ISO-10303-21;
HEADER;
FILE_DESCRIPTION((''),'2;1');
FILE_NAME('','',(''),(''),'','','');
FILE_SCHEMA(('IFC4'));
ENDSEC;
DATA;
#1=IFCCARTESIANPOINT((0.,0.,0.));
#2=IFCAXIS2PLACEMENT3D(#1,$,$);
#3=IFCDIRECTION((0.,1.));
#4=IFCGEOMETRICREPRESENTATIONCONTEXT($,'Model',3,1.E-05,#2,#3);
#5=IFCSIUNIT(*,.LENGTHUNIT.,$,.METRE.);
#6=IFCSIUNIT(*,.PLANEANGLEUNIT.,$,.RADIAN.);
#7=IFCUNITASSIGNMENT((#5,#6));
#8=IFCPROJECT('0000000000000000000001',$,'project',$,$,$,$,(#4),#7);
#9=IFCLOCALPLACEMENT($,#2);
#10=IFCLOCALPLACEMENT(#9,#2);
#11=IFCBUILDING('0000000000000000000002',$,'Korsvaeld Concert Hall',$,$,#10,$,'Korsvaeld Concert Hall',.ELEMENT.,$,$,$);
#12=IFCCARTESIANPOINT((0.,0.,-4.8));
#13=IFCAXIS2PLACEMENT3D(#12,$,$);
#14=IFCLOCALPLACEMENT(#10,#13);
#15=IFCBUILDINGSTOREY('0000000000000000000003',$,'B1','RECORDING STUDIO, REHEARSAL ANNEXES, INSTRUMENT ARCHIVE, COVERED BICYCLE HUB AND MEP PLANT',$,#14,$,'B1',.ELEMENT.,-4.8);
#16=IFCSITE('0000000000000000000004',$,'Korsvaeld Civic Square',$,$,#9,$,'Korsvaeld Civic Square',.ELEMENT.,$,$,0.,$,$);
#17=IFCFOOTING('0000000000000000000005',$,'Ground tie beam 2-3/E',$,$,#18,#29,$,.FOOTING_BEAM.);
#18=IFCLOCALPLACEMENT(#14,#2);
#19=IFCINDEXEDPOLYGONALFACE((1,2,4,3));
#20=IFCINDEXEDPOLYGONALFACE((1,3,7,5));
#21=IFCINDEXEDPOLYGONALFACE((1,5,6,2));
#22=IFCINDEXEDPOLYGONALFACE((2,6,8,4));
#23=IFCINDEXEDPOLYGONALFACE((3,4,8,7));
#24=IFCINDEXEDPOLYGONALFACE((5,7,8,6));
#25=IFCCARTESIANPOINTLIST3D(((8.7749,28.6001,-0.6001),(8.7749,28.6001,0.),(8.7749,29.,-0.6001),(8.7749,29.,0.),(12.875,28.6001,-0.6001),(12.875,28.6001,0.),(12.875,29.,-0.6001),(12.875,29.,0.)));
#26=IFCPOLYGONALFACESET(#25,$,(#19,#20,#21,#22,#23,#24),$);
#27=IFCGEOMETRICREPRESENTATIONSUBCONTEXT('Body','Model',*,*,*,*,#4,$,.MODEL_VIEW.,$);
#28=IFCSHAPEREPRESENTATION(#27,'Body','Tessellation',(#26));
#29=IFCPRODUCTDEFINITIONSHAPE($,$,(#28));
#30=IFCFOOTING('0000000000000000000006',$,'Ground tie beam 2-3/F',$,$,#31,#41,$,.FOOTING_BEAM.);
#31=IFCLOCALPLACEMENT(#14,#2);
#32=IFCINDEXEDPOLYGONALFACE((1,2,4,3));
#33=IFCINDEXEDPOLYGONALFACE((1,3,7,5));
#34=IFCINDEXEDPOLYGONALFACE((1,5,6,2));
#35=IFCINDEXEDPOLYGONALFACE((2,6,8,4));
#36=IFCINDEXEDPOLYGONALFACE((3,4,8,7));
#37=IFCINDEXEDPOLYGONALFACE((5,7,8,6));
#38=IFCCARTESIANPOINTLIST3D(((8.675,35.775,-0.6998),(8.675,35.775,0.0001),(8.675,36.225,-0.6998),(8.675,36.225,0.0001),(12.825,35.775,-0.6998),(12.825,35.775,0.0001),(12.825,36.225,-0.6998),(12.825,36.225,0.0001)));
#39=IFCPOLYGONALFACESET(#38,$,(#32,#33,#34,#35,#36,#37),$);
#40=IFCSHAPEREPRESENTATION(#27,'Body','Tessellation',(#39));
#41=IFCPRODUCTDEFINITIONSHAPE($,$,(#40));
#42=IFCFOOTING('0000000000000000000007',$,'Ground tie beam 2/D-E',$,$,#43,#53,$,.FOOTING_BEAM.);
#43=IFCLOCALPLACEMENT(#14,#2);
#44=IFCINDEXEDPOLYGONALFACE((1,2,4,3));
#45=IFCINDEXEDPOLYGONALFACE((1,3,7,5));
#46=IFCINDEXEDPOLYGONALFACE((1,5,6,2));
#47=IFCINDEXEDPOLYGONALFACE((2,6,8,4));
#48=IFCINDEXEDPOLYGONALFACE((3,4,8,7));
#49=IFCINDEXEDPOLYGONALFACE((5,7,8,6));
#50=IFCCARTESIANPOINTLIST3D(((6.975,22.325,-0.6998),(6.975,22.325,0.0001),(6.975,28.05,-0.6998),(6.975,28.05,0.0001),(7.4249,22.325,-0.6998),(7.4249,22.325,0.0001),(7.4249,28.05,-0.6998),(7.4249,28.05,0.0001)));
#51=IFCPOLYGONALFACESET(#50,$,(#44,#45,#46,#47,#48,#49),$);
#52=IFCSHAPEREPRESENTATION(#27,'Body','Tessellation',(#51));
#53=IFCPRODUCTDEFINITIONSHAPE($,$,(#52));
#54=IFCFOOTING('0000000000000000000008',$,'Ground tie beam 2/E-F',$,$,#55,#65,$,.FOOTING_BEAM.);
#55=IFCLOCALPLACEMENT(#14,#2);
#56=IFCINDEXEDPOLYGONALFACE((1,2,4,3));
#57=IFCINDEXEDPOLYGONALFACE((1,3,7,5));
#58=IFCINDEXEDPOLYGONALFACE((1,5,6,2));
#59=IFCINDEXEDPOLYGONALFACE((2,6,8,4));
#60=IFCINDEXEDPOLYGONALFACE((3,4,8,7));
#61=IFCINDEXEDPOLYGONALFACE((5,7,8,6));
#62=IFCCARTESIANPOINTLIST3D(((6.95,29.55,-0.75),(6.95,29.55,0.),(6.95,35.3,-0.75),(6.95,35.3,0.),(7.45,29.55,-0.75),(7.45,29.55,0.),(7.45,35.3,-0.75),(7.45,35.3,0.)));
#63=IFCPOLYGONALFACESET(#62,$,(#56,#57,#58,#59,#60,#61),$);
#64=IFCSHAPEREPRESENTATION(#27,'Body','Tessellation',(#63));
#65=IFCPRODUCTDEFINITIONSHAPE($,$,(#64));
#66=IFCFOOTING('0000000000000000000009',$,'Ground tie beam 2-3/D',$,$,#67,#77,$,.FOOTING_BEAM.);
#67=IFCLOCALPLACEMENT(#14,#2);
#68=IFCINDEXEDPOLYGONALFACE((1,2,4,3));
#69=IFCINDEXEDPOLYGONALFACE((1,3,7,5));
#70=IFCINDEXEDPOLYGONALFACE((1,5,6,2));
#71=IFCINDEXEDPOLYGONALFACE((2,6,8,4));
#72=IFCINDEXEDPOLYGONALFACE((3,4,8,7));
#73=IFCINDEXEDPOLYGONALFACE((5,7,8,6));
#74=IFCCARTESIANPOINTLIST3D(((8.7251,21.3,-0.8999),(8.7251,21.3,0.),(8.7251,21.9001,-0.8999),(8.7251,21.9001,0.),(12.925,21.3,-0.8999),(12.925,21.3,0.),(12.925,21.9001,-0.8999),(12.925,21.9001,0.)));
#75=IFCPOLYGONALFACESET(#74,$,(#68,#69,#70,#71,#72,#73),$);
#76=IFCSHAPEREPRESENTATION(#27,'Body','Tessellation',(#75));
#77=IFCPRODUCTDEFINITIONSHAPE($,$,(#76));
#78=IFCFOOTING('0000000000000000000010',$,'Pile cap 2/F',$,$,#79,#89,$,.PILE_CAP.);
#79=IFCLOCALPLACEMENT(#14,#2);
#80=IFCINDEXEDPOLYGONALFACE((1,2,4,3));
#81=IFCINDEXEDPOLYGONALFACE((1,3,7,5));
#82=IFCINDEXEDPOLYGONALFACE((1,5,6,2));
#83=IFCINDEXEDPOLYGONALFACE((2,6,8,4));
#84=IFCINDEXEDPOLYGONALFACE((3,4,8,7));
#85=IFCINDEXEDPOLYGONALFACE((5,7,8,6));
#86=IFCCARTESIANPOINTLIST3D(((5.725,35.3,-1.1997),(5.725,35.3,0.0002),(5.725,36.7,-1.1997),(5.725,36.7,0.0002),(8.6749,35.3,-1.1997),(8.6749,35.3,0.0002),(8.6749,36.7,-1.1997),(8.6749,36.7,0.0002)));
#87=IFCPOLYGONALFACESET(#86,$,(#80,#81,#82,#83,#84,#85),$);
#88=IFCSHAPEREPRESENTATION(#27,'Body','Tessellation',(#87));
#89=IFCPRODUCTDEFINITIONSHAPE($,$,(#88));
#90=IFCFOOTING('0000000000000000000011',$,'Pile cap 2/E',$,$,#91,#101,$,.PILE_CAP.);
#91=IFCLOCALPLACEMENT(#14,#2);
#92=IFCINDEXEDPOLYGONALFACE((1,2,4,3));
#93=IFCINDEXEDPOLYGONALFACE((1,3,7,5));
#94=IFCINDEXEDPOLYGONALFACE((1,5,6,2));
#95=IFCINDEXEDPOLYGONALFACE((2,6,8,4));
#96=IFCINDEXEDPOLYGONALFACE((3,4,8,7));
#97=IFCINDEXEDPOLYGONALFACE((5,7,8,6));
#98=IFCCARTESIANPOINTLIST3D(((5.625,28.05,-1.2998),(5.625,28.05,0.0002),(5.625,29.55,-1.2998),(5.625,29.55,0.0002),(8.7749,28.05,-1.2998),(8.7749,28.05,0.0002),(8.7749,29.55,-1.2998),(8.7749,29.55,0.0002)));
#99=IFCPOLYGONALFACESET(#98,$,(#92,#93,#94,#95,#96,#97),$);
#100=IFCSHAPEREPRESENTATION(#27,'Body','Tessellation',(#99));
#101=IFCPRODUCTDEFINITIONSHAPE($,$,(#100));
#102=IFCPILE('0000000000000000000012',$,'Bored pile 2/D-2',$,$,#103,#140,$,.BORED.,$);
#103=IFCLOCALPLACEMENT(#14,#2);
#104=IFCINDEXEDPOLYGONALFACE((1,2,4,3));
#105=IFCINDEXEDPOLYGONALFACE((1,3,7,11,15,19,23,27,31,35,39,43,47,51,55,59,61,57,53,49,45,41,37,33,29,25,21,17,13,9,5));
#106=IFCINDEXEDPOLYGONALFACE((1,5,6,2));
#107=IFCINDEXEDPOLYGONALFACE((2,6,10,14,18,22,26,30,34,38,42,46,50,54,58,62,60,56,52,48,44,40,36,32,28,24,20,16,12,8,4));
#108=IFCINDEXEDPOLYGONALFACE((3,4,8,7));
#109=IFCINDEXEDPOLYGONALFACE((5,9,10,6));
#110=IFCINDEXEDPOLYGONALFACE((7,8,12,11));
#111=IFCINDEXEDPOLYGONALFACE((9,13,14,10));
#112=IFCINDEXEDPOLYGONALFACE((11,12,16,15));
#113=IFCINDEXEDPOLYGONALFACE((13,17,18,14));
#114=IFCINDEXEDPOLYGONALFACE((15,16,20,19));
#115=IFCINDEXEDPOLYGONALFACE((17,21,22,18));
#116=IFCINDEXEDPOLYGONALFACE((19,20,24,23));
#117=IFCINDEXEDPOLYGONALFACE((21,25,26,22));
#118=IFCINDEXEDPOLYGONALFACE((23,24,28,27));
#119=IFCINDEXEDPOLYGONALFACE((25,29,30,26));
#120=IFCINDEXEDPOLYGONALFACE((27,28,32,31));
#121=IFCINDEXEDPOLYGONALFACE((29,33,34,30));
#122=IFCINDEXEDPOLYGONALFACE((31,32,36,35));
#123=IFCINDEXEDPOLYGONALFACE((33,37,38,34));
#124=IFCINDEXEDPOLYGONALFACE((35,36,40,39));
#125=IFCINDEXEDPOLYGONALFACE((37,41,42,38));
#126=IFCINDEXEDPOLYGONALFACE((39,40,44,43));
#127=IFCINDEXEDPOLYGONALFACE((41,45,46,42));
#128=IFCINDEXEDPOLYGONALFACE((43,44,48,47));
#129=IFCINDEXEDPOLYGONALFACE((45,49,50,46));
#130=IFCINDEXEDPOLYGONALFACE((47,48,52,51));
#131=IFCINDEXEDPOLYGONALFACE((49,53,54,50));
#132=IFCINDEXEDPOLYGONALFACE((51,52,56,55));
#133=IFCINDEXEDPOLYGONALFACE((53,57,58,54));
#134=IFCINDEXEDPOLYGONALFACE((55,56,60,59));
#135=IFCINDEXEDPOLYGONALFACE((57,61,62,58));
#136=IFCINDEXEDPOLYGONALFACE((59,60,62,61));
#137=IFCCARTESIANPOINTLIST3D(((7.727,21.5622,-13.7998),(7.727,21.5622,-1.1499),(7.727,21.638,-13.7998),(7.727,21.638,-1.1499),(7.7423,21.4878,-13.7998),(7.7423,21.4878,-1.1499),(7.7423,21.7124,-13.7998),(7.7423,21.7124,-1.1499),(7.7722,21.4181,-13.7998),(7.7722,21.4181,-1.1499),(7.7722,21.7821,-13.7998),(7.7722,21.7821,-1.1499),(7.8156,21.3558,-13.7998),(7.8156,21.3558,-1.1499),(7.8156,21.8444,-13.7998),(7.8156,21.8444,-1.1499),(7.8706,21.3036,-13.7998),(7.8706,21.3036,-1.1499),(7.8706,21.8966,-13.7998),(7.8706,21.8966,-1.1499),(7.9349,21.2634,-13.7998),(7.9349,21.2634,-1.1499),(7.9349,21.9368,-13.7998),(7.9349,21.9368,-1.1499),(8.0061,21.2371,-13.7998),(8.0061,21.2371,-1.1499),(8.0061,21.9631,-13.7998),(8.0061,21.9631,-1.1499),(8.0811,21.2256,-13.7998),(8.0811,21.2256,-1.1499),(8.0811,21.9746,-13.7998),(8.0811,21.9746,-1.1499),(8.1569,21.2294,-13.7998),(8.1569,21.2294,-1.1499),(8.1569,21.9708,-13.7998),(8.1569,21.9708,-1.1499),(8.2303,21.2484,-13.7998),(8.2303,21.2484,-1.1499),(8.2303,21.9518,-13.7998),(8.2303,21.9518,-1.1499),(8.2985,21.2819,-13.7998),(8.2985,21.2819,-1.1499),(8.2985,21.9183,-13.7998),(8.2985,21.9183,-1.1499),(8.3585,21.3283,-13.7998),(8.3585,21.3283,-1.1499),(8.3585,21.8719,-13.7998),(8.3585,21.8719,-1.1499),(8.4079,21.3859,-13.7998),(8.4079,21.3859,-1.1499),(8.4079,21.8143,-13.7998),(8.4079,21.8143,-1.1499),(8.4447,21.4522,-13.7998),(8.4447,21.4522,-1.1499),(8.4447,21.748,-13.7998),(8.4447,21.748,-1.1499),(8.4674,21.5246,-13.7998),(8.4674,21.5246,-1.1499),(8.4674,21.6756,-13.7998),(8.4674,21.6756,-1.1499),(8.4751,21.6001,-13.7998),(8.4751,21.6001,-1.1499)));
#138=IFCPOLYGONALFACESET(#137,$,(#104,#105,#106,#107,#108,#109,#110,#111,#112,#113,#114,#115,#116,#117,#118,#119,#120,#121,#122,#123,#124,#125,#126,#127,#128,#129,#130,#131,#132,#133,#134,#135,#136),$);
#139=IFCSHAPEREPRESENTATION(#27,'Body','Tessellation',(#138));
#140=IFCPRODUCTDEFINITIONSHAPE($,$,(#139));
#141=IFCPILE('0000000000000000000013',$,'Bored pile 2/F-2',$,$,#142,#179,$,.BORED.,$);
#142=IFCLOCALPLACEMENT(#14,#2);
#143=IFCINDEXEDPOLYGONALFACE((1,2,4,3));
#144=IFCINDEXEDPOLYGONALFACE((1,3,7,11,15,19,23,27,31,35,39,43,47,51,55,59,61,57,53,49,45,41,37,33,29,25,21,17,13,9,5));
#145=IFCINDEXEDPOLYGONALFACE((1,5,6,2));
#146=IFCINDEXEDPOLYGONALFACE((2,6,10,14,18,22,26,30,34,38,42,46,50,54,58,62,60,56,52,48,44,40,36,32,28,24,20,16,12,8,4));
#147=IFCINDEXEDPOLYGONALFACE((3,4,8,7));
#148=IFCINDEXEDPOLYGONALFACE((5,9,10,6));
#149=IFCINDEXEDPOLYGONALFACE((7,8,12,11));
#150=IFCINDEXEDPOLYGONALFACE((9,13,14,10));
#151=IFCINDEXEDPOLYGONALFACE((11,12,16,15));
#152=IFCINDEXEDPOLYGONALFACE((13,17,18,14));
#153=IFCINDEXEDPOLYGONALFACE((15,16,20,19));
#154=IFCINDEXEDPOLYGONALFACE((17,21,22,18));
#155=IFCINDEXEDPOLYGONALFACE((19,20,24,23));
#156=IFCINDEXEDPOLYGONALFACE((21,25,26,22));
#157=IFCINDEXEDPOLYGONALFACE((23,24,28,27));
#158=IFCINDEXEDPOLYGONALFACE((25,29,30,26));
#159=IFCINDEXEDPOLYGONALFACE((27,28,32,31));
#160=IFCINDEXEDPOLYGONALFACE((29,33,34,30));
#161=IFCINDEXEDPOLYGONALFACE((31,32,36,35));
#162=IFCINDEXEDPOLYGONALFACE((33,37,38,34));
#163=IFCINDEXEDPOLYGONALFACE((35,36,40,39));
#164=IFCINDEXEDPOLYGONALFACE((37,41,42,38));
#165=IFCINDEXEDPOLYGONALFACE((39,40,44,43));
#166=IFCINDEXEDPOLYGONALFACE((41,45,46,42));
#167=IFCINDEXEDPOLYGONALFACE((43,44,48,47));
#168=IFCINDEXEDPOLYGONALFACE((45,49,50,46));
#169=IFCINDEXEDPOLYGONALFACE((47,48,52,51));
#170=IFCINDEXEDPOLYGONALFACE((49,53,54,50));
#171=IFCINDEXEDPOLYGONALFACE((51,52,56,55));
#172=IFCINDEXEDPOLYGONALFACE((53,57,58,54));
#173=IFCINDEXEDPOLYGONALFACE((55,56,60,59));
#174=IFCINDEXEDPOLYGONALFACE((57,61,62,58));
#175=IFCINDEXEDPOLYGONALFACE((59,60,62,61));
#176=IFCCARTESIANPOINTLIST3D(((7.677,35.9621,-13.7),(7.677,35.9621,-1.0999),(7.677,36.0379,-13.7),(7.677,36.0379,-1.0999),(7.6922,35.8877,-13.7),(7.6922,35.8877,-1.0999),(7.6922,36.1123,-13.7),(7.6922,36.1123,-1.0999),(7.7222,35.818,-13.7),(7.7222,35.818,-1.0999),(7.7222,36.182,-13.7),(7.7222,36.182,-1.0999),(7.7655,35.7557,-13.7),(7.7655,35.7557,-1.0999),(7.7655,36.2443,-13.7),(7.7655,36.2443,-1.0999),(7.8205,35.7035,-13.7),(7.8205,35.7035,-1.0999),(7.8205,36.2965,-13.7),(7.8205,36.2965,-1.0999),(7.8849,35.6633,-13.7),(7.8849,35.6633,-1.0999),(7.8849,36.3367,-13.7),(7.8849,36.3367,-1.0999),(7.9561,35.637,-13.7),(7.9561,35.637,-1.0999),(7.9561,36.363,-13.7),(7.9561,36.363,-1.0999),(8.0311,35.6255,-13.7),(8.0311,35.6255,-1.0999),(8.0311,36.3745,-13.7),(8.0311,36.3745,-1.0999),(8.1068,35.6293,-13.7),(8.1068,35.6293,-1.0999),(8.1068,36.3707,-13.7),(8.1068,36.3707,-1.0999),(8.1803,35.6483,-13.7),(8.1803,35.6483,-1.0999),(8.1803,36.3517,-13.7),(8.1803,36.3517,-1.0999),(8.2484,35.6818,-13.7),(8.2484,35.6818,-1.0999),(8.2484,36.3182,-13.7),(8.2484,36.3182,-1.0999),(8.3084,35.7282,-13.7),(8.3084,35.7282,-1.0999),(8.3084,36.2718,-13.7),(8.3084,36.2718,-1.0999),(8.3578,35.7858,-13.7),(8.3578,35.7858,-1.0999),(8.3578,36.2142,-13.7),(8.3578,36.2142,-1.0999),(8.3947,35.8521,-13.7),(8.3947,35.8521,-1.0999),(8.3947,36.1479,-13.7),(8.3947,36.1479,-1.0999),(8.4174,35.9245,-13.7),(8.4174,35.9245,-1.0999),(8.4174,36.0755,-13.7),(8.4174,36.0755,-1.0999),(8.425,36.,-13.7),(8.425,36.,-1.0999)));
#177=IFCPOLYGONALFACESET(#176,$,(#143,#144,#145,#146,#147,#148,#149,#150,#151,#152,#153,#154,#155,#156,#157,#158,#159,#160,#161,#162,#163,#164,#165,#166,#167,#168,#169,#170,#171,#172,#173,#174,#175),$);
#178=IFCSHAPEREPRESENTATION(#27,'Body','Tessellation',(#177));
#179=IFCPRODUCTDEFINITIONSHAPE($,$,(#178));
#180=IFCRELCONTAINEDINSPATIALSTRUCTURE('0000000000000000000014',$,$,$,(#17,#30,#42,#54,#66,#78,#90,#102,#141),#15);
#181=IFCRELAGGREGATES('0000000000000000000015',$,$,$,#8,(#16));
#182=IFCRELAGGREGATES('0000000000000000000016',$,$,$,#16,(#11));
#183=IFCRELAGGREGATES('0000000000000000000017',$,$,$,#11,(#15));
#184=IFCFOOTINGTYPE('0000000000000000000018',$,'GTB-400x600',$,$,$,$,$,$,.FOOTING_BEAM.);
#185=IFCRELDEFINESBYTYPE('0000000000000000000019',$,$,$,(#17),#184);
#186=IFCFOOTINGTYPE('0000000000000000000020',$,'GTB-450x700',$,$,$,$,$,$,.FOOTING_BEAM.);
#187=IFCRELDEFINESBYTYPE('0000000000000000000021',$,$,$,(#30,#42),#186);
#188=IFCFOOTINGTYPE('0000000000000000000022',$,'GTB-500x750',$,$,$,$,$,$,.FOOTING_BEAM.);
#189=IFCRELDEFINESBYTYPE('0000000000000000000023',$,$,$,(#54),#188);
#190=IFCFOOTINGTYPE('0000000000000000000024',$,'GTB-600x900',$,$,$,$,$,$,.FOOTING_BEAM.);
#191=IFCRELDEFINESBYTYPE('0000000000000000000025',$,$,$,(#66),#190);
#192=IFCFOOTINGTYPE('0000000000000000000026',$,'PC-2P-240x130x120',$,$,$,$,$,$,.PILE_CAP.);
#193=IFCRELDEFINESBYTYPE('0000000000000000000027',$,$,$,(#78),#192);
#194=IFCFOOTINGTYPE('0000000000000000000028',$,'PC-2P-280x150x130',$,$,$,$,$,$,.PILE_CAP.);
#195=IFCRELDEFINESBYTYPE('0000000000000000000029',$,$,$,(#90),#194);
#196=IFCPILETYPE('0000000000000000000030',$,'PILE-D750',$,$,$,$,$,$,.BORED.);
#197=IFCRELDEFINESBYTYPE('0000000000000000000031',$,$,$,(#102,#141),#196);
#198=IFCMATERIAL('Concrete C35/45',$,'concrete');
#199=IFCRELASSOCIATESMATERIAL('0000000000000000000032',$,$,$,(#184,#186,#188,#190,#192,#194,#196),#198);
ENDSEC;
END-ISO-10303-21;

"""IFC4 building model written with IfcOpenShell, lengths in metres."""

from ifc_helpers import new_model, si_unit, direction, frame, origin, origin_2d, place, context, subcontext, project, spatial, rectangle, circle, extrude, material, material_profile, profile_set, type_object, element, save


model = new_model("IFC4")

# Units and contexts
model_context = context("Model", 3, precision=1e-05, world=origin(), true_north=direction((0.0, 1.0)))
body_context = subcontext(model_context, "Body", "Model", "MODEL_VIEW")
ifc_project = project(units=[si_unit("LENGTHUNIT", "METRE"), si_unit("PLANEANGLEUNIT", "RADIAN")], contexts=[model_context])

# Site, building, storey
site_placement = place(None, origin())
site = spatial("IfcSite", under=ifc_project, at=site_placement, Name="Korsvaeld Civic Square", LongName="Korsvaeld Civic Square", CompositionType="ELEMENT", RefElevation=0.0)
building_placement = place(site_placement, origin())
building = spatial("IfcBuilding", under=site, at=building_placement, Name="Korsvaeld Concert Hall", LongName="Korsvaeld Concert Hall", CompositionType="ELEMENT")
storey_placement = place(building_placement, frame((0.0, 0.0, -4.8)))
storey = spatial("IfcBuildingStorey", under=building, at=storey_placement, Name="B1", Description="RECORDING STUDIO, REHEARSAL ANNEXES, INSTRUMENT ARCHIVE, COVERED BICYCLE HUB AND MEP PLANT", LongName="B1", CompositionType="ELEMENT", Elevation=-4.8)

# Footings
ifc_material_1 = material(Name="Concrete C35/45", Category="concrete")
ifc_material_profile_1 = material_profile(ifc_material_1, rectangle(XDim=0.3999, YDim=0.6001, at=origin_2d()), Name="GTB 400x600")
ifc_profile_set_1 = profile_set([ifc_material_profile_1], Name="Concrete C35/45")
footing_type_1 = type_object("IfcFootingType", Name="GTB-400x600", PredefinedType="FOOTING_BEAM", material=ifc_profile_set_1)
footing_1_placement = place(storey_placement, frame((8.7749, 28.8, -0.3), z_axis=(1.0, 0.0, 0.0), x_axis=(0.0, 1.0, 0.0)))
element("IfcFooting", 1, at=footing_1_placement, inside=storey, type_object=footing_type_1, Name="Ground tie beam 2-3/E", PredefinedType="FOOTING_BEAM", context=body_context, shape_type="SweptSolid", body=[
    extrude(rectangle(XDim=0.3999, YDim=0.6001, at=origin_2d()), origin(), (0.0, 0.0, 1.0), 4.1001),
])
ifc_material_profile_2 = material_profile(ifc_material_1, rectangle(XDim=0.45, YDim=0.7, at=origin_2d()), Name="GTB 450x700")
ifc_profile_set_2 = profile_set([ifc_material_profile_2], Name="Concrete C35/45")
footing_type_2 = type_object("IfcFootingType", Name="GTB-450x700", PredefinedType="FOOTING_BEAM", material=ifc_profile_set_2)
footing_2_placement = place(storey_placement, frame((8.675, 36.0, -0.3499), z_axis=(1.0, 0.0, 0.0), x_axis=(0.0, 1.0, 0.0)))
element("IfcFooting", 2, at=footing_2_placement, inside=storey, type_object=footing_type_2, Name="Ground tie beam 2-3/F", PredefinedType="FOOTING_BEAM", context=body_context, shape_type="SweptSolid", body=[
    extrude(rectangle(XDim=0.45, YDim=0.7, at=origin_2d()), origin(), (0.0, 0.0, 1.0), 4.1499),
])
footing_3_placement = place(storey_placement, frame((7.2, 22.325, -0.3499), z_axis=(0.0, 1.0, 0.0), x_axis=(-1.0, 0.0, 0.0)))
element("IfcFooting", 3, at=footing_3_placement, inside=storey, type_object=footing_type_2, Name="Ground tie beam 2/D-E", PredefinedType="FOOTING_BEAM", context=body_context, shape_type="SweptSolid", body=[
    extrude(rectangle(XDim=0.45, YDim=0.7, at=origin_2d()), origin(), (0.0, 0.0, 1.0), 5.7251),
])
ifc_material_profile_3 = material_profile(ifc_material_1, rectangle(XDim=0.5, YDim=0.75, at=origin_2d()), Name="GTB 500x750")
ifc_profile_set_3 = profile_set([ifc_material_profile_3], Name="Concrete C35/45")
footing_type_3 = type_object("IfcFootingType", Name="GTB-500x750", PredefinedType="FOOTING_BEAM", material=ifc_profile_set_3)
footing_4_placement = place(storey_placement, frame((7.2, 29.55, -0.375), z_axis=(0.0, 1.0, 0.0), x_axis=(-1.0, 0.0, 0.0)))
element("IfcFooting", 4, at=footing_4_placement, inside=storey, type_object=footing_type_3, Name="Ground tie beam 2/E-F", PredefinedType="FOOTING_BEAM", context=body_context, shape_type="SweptSolid", body=[
    extrude(rectangle(XDim=0.5, YDim=0.75, at=origin_2d()), origin(), (0.0, 0.0, 1.0), 5.75),
])
ifc_material_profile_4 = material_profile(ifc_material_1, rectangle(XDim=0.6001, YDim=0.8999, at=origin_2d()), Name="GTB 600x900")
ifc_profile_set_4 = profile_set([ifc_material_profile_4], Name="Concrete C35/45")
footing_type_4 = type_object("IfcFootingType", Name="GTB-600x900", PredefinedType="FOOTING_BEAM", material=ifc_profile_set_4)
footing_5_placement = place(storey_placement, frame((8.7251, 21.6001, -0.45), z_axis=(1.0, 0.0, 0.0), x_axis=(0.0, 1.0, 0.0)))
element("IfcFooting", 5, at=footing_5_placement, inside=storey, type_object=footing_type_4, Name="Ground tie beam 2-3/D", PredefinedType="FOOTING_BEAM", context=body_context, shape_type="SweptSolid", body=[
    extrude(rectangle(XDim=0.6001, YDim=0.8999, at=origin_2d()), origin(), (0.0, 0.0, 1.0), 4.2),
])
footing_type_5 = type_object("IfcFootingType", Name="PC-2P-240x130x120", PredefinedType="PILE_CAP", material=ifc_material_1)
footing_6_placement = place(storey_placement, frame((7.2, 36.0, -1.1997), z_axis=(0.0, 0.0, 1.0), x_axis=(1.0, 0.0, 0.0)))
element("IfcFooting", 6, at=footing_6_placement, inside=storey, type_object=footing_type_5, Name="Pile cap 2/F", PredefinedType="PILE_CAP", context=body_context, shape_type="SweptSolid", body=[
    extrude(rectangle(XDim=2.95, YDim=1.3999, at=origin_2d()), origin(), (0.0, 0.0, 1.0), 1.2),
])
footing_type_6 = type_object("IfcFootingType", Name="PC-2P-280x150x130", PredefinedType="PILE_CAP", material=ifc_material_1)
footing_7_placement = place(storey_placement, frame((7.2, 28.8, -1.2998), z_axis=(0.0, 0.0, 1.0), x_axis=(1.0, 0.0, 0.0)))
element("IfcFooting", 7, at=footing_7_placement, inside=storey, type_object=footing_type_6, Name="Pile cap 2/E", PredefinedType="PILE_CAP", context=body_context, shape_type="SweptSolid", body=[
    extrude(rectangle(XDim=3.1499, YDim=1.5, at=origin_2d()), origin(), (0.0, 0.0, 1.0), 1.3),
])

# Piles
ifc_material_profile_5 = material_profile(ifc_material_1, circle(Radius=0.375, at=origin_2d()), Name="BORED PILE D750")
ifc_profile_set_5 = profile_set([ifc_material_profile_5], Name="Concrete C35/45")
pile_type_1 = type_object("IfcPileType", Name="PILE-D750", PredefinedType="BORED", material=ifc_profile_set_5)
pile_1_placement = place(storey_placement, frame((8.1001, 21.6001, -1.1499), z_axis=(0.0, 0.0, -1.0), x_axis=(1.0, 0.0, 0.0)))
element("IfcPile", 8, at=pile_1_placement, inside=storey, type_object=pile_type_1, Name="Bored pile 2/D-2", PredefinedType="BORED", context=body_context, shape_type="SweptSolid", body=[
    extrude(circle(Radius=0.375, at=origin_2d()), origin(), (0.0, 0.0, 1.0), 12.6499),
])
pile_2_placement = place(storey_placement, frame((8.05, 36.0, -1.0999), z_axis=(0.0, 0.0, -1.0), x_axis=(1.0, 0.0, 0.0)))
element("IfcPile", 9, at=pile_2_placement, inside=storey, type_object=pile_type_1, Name="Bored pile 2/F-2", PredefinedType="BORED", context=body_context, shape_type="SweptSolid", body=[
    extrude(circle(Radius=0.375, at=origin_2d()), origin(), (0.0, 0.0, 1.0), 12.6001),
])

save(model, "model.ifc")
